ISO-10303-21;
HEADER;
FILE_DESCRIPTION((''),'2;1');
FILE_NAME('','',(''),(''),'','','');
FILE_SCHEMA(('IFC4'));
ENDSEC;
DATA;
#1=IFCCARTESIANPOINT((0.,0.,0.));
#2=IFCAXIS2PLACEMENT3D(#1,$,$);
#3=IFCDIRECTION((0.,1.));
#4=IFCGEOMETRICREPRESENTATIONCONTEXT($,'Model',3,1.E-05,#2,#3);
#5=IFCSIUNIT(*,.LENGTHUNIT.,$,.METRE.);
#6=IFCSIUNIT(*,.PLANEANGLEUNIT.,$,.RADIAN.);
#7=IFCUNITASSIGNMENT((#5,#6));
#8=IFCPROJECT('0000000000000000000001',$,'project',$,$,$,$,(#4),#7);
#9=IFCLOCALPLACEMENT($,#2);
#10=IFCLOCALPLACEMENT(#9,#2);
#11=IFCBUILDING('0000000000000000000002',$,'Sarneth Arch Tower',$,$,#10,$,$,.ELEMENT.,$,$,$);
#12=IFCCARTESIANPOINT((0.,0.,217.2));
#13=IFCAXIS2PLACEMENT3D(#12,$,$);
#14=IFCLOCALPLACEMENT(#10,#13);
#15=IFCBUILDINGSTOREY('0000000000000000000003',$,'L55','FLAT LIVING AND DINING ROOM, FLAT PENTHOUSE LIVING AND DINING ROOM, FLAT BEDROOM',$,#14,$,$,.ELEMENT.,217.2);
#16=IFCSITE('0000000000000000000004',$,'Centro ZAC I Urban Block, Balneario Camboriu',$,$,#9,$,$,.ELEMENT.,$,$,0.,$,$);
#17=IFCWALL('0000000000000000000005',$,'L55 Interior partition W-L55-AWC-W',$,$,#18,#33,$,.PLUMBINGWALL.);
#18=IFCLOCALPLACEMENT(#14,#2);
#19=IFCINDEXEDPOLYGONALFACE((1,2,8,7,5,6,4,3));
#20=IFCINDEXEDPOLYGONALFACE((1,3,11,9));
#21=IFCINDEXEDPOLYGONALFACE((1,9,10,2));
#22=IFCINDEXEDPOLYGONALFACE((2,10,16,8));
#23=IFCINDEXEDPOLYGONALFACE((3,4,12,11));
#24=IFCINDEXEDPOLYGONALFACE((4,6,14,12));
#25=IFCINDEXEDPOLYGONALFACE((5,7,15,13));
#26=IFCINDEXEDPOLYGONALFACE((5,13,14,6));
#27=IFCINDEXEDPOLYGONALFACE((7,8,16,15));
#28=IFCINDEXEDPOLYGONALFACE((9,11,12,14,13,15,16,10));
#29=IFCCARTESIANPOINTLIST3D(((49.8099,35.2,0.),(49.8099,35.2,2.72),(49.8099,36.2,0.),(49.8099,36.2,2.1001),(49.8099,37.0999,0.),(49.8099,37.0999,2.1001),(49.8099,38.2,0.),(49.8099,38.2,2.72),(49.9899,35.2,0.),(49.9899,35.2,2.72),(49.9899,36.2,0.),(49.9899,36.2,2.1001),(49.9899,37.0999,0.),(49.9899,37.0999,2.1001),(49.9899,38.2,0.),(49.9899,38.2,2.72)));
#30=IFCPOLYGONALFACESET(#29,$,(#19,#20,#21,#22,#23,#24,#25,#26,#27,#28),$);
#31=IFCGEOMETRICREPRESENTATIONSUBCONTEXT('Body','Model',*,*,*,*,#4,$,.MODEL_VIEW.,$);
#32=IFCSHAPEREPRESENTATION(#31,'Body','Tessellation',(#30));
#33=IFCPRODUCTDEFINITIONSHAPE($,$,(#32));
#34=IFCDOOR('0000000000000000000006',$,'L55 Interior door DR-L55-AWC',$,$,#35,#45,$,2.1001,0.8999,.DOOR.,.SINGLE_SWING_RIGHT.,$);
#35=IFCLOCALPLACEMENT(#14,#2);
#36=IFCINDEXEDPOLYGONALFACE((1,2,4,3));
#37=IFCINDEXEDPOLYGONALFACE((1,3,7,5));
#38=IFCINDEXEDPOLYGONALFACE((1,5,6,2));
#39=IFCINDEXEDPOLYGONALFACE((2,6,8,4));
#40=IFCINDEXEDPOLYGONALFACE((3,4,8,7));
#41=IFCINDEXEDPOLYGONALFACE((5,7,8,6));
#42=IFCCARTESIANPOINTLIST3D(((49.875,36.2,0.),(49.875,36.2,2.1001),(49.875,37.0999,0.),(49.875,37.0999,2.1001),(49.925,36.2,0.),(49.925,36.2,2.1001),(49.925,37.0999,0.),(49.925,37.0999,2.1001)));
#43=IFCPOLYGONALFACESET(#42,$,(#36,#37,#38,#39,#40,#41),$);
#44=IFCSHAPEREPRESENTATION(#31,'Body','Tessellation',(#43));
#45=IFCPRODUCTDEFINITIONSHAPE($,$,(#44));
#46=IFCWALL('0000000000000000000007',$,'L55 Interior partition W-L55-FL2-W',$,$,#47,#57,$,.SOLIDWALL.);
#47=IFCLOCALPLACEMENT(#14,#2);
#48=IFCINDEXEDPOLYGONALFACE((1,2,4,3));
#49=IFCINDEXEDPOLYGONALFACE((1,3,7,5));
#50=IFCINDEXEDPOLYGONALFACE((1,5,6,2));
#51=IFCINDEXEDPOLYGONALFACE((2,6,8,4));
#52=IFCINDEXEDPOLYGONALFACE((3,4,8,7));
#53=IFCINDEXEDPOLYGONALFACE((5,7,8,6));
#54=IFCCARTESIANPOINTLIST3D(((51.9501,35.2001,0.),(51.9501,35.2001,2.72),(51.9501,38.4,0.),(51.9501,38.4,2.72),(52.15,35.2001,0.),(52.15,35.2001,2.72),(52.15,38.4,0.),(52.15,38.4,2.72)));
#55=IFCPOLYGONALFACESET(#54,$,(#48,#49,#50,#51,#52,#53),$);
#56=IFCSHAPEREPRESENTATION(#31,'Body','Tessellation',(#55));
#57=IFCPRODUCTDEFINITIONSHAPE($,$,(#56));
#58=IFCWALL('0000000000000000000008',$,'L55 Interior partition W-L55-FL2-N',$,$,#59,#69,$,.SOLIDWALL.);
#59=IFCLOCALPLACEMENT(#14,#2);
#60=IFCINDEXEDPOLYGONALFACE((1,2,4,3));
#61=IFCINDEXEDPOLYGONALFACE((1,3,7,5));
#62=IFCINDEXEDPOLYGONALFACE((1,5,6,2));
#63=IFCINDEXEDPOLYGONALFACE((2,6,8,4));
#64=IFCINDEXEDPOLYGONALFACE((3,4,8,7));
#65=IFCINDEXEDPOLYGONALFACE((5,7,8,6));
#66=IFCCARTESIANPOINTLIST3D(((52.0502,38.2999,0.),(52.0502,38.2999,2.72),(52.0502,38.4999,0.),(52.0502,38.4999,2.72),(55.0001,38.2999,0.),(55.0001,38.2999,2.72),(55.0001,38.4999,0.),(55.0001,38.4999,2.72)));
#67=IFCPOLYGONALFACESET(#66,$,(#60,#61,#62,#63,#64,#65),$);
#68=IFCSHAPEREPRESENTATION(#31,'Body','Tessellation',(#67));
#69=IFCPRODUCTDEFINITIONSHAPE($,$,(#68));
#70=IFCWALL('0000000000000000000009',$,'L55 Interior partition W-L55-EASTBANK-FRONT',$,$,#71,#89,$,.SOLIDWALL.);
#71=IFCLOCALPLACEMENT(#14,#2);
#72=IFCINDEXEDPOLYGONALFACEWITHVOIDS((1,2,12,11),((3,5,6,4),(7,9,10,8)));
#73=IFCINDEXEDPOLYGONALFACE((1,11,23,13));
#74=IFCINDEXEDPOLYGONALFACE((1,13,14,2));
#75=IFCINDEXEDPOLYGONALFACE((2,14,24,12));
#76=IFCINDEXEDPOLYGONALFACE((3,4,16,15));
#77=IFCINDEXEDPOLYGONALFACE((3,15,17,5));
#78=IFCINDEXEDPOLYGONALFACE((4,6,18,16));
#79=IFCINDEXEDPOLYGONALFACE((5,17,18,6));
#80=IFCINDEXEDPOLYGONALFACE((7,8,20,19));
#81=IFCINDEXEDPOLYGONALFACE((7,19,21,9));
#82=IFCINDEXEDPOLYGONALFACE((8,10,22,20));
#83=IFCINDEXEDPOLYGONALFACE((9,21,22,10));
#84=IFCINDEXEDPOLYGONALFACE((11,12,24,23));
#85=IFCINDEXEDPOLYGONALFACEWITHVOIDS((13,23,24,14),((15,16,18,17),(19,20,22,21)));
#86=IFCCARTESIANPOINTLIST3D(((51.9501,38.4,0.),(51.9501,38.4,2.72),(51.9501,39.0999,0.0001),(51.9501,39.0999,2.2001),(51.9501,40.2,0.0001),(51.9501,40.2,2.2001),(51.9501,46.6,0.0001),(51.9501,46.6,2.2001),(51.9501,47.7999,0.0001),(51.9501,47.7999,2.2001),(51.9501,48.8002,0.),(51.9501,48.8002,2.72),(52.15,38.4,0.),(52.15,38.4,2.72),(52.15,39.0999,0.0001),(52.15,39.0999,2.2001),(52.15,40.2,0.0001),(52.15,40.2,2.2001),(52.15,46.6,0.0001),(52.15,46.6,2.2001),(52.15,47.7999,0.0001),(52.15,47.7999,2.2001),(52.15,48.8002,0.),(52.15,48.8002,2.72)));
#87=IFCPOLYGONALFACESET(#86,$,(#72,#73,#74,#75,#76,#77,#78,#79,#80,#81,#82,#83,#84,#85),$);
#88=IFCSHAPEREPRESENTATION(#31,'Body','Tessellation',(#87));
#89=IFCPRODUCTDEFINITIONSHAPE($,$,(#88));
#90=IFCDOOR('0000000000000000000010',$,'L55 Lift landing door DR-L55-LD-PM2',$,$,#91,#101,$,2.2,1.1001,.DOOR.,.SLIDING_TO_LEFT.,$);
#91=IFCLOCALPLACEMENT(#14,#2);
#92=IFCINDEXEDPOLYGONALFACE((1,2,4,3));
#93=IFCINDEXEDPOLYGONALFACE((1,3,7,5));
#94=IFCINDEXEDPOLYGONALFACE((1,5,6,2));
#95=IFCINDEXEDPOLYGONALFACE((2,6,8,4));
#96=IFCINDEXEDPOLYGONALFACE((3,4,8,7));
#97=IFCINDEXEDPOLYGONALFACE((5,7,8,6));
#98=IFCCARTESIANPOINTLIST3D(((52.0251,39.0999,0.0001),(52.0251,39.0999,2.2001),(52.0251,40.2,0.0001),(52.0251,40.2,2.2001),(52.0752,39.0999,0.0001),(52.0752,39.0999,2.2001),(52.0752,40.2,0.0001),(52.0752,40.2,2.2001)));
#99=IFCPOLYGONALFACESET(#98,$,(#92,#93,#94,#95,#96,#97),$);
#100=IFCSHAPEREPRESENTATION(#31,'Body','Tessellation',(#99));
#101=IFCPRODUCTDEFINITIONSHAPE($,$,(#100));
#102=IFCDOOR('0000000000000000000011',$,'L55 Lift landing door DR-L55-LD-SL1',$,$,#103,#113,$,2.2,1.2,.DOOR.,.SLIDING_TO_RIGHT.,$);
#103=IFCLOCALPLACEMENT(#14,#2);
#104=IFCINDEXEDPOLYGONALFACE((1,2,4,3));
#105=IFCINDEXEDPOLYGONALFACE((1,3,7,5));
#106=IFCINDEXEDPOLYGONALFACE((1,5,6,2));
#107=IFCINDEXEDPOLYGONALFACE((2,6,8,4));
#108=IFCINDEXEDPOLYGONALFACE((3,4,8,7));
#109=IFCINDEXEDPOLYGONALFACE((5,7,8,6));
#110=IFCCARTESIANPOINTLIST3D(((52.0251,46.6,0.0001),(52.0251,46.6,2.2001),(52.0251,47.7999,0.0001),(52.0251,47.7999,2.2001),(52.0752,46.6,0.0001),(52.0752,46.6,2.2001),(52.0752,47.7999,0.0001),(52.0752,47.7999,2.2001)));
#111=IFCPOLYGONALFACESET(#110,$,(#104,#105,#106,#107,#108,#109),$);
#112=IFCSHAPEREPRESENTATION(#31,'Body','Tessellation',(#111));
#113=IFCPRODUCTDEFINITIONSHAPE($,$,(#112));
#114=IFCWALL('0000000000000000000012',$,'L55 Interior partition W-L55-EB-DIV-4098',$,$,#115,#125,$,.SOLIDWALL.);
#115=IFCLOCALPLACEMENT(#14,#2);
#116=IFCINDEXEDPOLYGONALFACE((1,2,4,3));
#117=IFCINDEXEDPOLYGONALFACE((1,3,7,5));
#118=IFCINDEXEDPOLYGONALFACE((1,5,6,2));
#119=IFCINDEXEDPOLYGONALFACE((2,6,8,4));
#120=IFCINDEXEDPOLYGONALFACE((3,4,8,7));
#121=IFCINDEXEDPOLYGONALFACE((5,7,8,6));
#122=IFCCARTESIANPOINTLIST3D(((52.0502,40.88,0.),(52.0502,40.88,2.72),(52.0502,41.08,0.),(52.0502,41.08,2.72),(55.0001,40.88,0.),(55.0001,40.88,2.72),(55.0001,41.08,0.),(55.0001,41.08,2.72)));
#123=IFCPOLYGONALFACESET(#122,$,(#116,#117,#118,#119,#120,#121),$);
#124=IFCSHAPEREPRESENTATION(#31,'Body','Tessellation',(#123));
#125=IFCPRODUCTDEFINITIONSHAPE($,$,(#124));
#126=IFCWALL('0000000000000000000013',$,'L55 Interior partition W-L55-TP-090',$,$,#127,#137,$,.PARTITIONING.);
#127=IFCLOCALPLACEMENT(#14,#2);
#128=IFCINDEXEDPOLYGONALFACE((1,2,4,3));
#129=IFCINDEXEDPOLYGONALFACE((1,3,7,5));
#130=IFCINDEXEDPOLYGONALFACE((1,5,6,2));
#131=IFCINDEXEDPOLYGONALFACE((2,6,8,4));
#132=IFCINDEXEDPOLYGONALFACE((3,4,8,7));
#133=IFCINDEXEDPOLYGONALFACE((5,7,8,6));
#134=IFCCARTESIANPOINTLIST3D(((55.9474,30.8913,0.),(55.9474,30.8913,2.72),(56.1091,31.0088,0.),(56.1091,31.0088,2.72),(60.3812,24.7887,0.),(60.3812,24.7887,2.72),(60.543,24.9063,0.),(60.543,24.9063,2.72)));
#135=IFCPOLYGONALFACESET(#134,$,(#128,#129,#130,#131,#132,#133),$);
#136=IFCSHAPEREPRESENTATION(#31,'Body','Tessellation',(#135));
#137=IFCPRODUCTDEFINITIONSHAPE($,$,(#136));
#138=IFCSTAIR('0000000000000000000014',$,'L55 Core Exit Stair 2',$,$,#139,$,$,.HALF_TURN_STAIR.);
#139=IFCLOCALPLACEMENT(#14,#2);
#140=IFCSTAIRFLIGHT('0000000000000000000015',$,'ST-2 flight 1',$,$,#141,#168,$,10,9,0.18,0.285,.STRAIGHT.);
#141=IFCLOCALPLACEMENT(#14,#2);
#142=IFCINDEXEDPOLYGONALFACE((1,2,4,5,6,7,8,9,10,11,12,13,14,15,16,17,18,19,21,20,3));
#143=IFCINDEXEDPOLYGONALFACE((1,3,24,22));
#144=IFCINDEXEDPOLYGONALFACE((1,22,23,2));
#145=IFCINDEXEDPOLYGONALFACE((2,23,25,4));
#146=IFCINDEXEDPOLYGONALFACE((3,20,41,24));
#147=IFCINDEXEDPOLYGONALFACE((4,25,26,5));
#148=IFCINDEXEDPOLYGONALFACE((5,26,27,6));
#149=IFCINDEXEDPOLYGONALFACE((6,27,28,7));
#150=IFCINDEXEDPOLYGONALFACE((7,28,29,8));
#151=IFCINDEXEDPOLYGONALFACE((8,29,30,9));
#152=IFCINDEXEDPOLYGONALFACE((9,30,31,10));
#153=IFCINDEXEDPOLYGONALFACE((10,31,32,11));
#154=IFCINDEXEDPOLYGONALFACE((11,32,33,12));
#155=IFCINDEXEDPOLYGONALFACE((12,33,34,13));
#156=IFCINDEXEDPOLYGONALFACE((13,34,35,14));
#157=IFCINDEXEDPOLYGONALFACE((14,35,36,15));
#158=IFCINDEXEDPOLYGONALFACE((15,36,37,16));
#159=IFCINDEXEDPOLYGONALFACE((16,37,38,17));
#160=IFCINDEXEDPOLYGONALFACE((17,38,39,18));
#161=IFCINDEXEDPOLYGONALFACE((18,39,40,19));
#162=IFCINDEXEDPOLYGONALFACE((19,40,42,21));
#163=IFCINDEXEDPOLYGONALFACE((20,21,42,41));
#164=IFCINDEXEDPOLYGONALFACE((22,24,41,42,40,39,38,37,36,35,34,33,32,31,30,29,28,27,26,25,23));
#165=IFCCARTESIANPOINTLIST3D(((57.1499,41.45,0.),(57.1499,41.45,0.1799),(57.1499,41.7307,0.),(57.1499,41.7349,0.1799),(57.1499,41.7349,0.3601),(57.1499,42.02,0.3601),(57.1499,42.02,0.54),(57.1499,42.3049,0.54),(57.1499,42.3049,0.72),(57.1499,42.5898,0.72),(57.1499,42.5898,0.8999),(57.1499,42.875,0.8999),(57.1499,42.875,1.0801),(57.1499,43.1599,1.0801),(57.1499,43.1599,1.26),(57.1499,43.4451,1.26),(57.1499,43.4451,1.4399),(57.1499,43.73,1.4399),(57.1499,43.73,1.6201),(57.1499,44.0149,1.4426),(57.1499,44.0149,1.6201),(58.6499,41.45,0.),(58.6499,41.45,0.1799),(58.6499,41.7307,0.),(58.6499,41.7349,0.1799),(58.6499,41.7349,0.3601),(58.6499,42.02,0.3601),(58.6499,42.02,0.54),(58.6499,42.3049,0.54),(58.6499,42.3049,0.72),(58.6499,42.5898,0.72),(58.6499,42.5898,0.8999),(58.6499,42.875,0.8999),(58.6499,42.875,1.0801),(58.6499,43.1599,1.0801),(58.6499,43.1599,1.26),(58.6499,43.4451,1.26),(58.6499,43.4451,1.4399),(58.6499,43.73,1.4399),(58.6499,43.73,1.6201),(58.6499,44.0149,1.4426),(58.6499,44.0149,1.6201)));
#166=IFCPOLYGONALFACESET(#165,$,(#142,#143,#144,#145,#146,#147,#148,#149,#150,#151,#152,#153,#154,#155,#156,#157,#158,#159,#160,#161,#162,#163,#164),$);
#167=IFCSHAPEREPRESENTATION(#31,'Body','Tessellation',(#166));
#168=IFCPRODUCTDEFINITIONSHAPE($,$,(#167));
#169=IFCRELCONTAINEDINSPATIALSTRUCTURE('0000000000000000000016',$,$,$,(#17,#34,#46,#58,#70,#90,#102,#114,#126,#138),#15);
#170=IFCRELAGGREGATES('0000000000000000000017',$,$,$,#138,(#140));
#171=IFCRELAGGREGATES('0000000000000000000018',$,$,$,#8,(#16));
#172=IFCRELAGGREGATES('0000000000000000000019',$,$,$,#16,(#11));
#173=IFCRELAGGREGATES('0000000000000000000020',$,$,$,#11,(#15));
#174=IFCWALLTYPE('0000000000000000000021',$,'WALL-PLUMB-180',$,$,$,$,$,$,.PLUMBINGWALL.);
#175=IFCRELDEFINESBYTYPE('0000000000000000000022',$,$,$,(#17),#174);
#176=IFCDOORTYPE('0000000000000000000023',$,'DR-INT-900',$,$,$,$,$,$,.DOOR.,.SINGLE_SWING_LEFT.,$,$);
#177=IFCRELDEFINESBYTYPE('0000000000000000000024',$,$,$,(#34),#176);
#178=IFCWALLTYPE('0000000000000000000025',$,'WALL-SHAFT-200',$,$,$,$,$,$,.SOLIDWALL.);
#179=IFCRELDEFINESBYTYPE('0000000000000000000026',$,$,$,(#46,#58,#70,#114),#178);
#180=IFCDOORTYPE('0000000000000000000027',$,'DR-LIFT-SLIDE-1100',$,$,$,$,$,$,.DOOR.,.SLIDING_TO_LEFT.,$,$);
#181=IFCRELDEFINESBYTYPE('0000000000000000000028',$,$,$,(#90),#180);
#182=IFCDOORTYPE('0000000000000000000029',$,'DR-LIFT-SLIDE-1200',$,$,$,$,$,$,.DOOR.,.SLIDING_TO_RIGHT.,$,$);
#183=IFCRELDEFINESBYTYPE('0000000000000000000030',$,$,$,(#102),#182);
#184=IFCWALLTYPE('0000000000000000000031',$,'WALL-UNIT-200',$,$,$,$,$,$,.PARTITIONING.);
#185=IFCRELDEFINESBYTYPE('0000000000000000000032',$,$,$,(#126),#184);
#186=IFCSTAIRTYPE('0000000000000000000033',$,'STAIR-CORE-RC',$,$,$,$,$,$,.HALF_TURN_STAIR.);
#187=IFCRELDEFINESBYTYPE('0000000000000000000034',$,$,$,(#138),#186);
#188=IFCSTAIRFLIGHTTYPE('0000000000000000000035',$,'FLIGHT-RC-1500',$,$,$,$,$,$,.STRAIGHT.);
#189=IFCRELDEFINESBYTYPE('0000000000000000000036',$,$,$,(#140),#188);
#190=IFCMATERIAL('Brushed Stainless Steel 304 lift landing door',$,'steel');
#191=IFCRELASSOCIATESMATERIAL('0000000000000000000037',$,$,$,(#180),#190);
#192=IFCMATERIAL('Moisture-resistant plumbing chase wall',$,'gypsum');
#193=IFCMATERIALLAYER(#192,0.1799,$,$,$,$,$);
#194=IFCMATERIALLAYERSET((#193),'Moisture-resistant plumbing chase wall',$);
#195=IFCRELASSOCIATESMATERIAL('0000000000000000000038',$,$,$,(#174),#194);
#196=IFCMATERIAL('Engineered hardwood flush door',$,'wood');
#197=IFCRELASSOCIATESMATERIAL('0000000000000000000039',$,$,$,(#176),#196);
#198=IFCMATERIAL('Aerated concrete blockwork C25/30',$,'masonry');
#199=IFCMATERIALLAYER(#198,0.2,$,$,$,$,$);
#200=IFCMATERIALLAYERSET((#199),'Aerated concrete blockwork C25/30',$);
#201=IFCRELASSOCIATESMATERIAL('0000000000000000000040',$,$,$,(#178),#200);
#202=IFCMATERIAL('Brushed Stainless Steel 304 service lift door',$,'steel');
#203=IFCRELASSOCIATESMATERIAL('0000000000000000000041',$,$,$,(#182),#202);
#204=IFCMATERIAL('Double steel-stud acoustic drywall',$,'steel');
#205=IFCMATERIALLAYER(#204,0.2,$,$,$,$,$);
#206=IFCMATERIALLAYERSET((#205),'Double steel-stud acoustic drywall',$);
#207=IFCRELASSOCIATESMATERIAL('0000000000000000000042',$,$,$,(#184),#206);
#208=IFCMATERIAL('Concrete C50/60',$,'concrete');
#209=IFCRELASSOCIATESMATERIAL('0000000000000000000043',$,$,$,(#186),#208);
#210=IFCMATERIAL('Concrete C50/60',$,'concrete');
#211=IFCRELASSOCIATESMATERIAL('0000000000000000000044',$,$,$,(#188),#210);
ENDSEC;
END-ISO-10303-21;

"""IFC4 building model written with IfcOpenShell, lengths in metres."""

from ifc_helpers import new_model, si_unit, direction, frame, frame_2d, origin, place, context, subcontext, project, spatial, polyline, rectangle, outline, extrude, material, layer, layer_set, type_object, element, fill, aggregate, save


model = new_model("IFC4")

# Units and contexts
model_context = context("Model", 3, precision=1e-05, world=origin(), true_north=direction((0.0, 1.0)))
body_context = subcontext(model_context, "Body", "Model", "MODEL_VIEW")
ifc_project = project(units=[si_unit("LENGTHUNIT", "METRE"), si_unit("PLANEANGLEUNIT", "RADIAN")], contexts=[model_context])

# Site, building, storey
site_placement = place(None, origin())
site = spatial("IfcSite", under=ifc_project, at=site_placement, Name="Centro ZAC I Urban Block, Balneario Camboriu", CompositionType="ELEMENT", RefElevation=0.0)
building_placement = place(site_placement, origin())
building = spatial("IfcBuilding", under=site, at=building_placement, Name="Sarneth Arch Tower", CompositionType="ELEMENT")
storey_placement = place(building_placement, frame((0.0, 0.0, 217.2)))
storey = spatial("IfcBuildingStorey", under=building, at=storey_placement, Name="L55", Description="FLAT LIVING AND DINING ROOM, FLAT PENTHOUSE LIVING AND DINING ROOM, FLAT BEDROOM", CompositionType="ELEMENT", Elevation=217.2)

# Shared definitions
ifc_material_1 = material(Name="Brushed Stainless Steel 304 lift landing door", Category="steel")
door_type_1 = type_object("IfcDoorType", Name="DR-LIFT-SLIDE-1100", OperationType="SLIDING_TO_LEFT", PredefinedType="DOOR", material=ifc_material_1)

# Shared definitions
ifc_material_2 = material(Name="Moisture-resistant plumbing chase wall", Category="gypsum")
ifc_layer_1 = layer(ifc_material_2, 0.1799)
ifc_layer_set_1 = layer_set([ifc_layer_1], Name="Moisture-resistant plumbing chase wall")
wall_type_1 = type_object("IfcWallType", Name="WALL-PLUMB-180", PredefinedType="PLUMBINGWALL", material=ifc_layer_set_1)

# Wall, opening, door
wall_1_placement = place(storey_placement, frame((49.8999, 35.2, 0.0), z_axis=(0.0, 0.0, 1.0), x_axis=(0.0, 1.0, 0.0)))
wall_1 = element("IfcWall", 1, at=wall_1_placement, inside=storey, type_object=wall_type_1, Name="L55 Interior partition W-L55-AWC-W", PredefinedType="PLUMBINGWALL", context=body_context, shape_type="SweptSolid", body=[
    extrude(rectangle(XDim=3.0, YDim=0.1799, at=frame_2d((1.5, 0.0))), origin(), (0.0, 0.0, 1.0), 2.72),
])
opening_1_placement = place(wall_1_placement, frame((1.0, 0.0, 0.0)))
opening_1 = element("IfcOpeningElement", 2, at=opening_1_placement, cuts=wall_1, PredefinedType="OPENING", context=body_context, shape_type="SweptSolid", body=[
    extrude(rectangle(XDim=0.8999, YDim=2.1001, at=frame_2d((0.45, 1.05))), frame((0.0, 0.0999, 0.0), z_axis=(0.0, -1.0, 0.0), x_axis=(1.0, 0.0, 0.0)), (0.0, 0.0, 1.0), 0.2),
])
ifc_material_3 = material(Name="Engineered hardwood flush door", Category="wood")
door_type_2 = type_object("IfcDoorType", Name="DR-INT-900", OperationType="SINGLE_SWING_LEFT", PredefinedType="DOOR", material=ifc_material_3)
door_1_placement = place(opening_1_placement, origin())
door_1 = element("IfcDoor", 3, at=door_1_placement, inside=storey, type_object=door_type_2, Name="L55 Interior door DR-L55-AWC", OperationType="SINGLE_SWING_RIGHT", OverallHeight=2.1001, OverallWidth=0.8999, PredefinedType="DOOR", context=body_context, shape_type="SweptSolid", body=[
    extrude(rectangle(XDim=0.8999, YDim=2.1001, at=frame_2d((0.45, 1.05))), frame((0.0, 0.0249, 0.0), z_axis=(0.0, -1.0, 0.0), x_axis=(1.0, 0.0, 0.0)), (0.0, 0.0, 1.0), 0.05),
])
fill(opening_1, door_1)
ifc_material_4 = material(Name="Aerated concrete blockwork C25/30", Category="masonry")
ifc_layer_2 = layer(ifc_material_4, 0.2)
ifc_layer_set_2 = layer_set([ifc_layer_2], Name="Aerated concrete blockwork C25/30")
wall_type_2 = type_object("IfcWallType", Name="WALL-SHAFT-200", PredefinedType="SOLIDWALL", material=ifc_layer_set_2)

# Walls
wall_2_placement = place(storey_placement, frame((52.05, 35.2, 0.0), z_axis=(0.0, 0.0, 1.0), x_axis=(0.0, 1.0, 0.0)))
element("IfcWall", 4, at=wall_2_placement, inside=storey, type_object=wall_type_2, Name="L55 Interior partition W-L55-FL2-W", PredefinedType="SOLIDWALL", context=body_context, shape_type="SweptSolid", body=[
    extrude(rectangle(XDim=3.2, YDim=0.2, at=frame_2d((1.6001, 0.0))), origin(), (0.0, 0.0, 1.0), 2.72),
])
wall_3_placement = place(storey_placement, frame((52.05, 38.3999, 0.0), z_axis=(0.0, 0.0, 1.0), x_axis=(1.0, 0.0, 0.0)))
element("IfcWall", 5, at=wall_3_placement, inside=storey, type_object=wall_type_2, Name="L55 Interior partition W-L55-FL2-N", PredefinedType="SOLIDWALL", context=body_context, shape_type="SweptSolid", body=[
    extrude(rectangle(XDim=2.95, YDim=0.2, at=frame_2d((1.4751, 0.0))), origin(), (0.0, 0.0, 1.0), 2.72),
])

# Wall, openings, doors
wall_4_placement = place(storey_placement, frame((52.05, 38.3999, 0.0), z_axis=(0.0, 0.0, 1.0), x_axis=(0.0, 1.0, 0.0)))
wall_4 = element("IfcWall", 6, at=wall_4_placement, inside=storey, type_object=wall_type_2, Name="L55 Interior partition W-L55-EASTBANK-FRONT", PredefinedType="SOLIDWALL", context=body_context, shape_type="SweptSolid", body=[
    extrude(rectangle(XDim=10.4001, YDim=0.2, at=frame_2d((5.2002, 0.0))), origin(), (0.0, 0.0, 1.0), 2.72),
])
opening_2_placement = place(wall_4_placement, frame((0.7, 0.0, 0.0)))
opening_2 = element("IfcOpeningElement", 7, at=opening_2_placement, cuts=wall_4, PredefinedType="OPENING", context=body_context, shape_type="SweptSolid", body=[
    extrude(rectangle(XDim=1.1001, YDim=2.2, at=frame_2d((0.55, 1.1001))), frame((0.0, 0.1099, 0.0), z_axis=(0.0, -1.0, 0.0), x_axis=(1.0, 0.0, 0.0)), (0.0, 0.0, 1.0), 0.22),
])
opening_3_placement = place(wall_4_placement, frame((8.2, 0.0, 0.0)))
opening_3 = element("IfcOpeningElement", 8, at=opening_3_placement, cuts=wall_4, PredefinedType="OPENING", context=body_context, shape_type="SweptSolid", body=[
    extrude(rectangle(XDim=1.2, YDim=2.2, at=frame_2d((0.6001, 1.1001))), frame((0.0, 0.1099, 0.0), z_axis=(0.0, -1.0, 0.0), x_axis=(1.0, 0.0, 0.0)), (0.0, 0.0, 1.0), 0.22),
])
door_2_placement = place(opening_2_placement, origin())
door_2 = element("IfcDoor", 9, at=door_2_placement, inside=storey, type_object=door_type_1, Name="L55 Lift landing door DR-L55-LD-PM2", OperationType="SLIDING_TO_LEFT", OverallHeight=2.2, OverallWidth=1.1001, PredefinedType="DOOR", context=body_context, shape_type="SweptSolid", body=[
    extrude(rectangle(XDim=1.1001, YDim=2.2, at=frame_2d((0.55, 1.1001))), frame((0.0, 0.0249, 0.0), z_axis=(0.0, -1.0, 0.0), x_axis=(1.0, 0.0, 0.0)), (0.0, 0.0, 1.0), 0.05),
])
fill(opening_2, door_2)
ifc_material_5 = material(Name="Brushed Stainless Steel 304 service lift door", Category="steel")
door_type_3 = type_object("IfcDoorType", Name="DR-LIFT-SLIDE-1200", OperationType="SLIDING_TO_RIGHT", PredefinedType="DOOR", material=ifc_material_5)
door_3_placement = place(opening_3_placement, origin())
door_3 = element("IfcDoor", 10, at=door_3_placement, inside=storey, type_object=door_type_3, Name="L55 Lift landing door DR-L55-LD-SL1", OperationType="SLIDING_TO_RIGHT", OverallHeight=2.2, OverallWidth=1.2, PredefinedType="DOOR", context=body_context, shape_type="SweptSolid", body=[
    extrude(rectangle(XDim=1.2, YDim=2.2, at=frame_2d((0.6001, 1.1001))), frame((0.0, 0.0249, 0.0), z_axis=(0.0, -1.0, 0.0), x_axis=(1.0, 0.0, 0.0)), (0.0, 0.0, 1.0), 0.05),
])
fill(opening_3, door_3)

# Walls
wall_5_placement = place(storey_placement, frame((52.05, 40.98, 0.0), z_axis=(0.0, 0.0, 1.0), x_axis=(1.0, 0.0, 0.0)))
element("IfcWall", 11, at=wall_5_placement, inside=storey, type_object=wall_type_2, Name="L55 Interior partition W-L55-EB-DIV-4098", PredefinedType="SOLIDWALL", context=body_context, shape_type="SweptSolid", body=[
    extrude(rectangle(XDim=2.95, YDim=0.2, at=frame_2d((1.4751, 0.0))), origin(), (0.0, 0.0, 1.0), 2.72),
])
ifc_material_6 = material(Name="Double steel-stud acoustic drywall", Category="steel")
ifc_layer_3 = layer(ifc_material_6, 0.2)
ifc_layer_set_3 = layer_set([ifc_layer_3], Name="Double steel-stud acoustic drywall")
wall_type_3 = type_object("IfcWallType", Name="WALL-UNIT-200", PredefinedType="PARTITIONING", material=ifc_layer_set_3)
wall_6_placement = place(storey_placement, frame((56.0283, 30.95, 0.0), z_axis=(0.0, 0.0, 1.0), x_axis=(0.587793, -0.809012, 0.0)))
element("IfcWall", 12, at=wall_6_placement, inside=storey, type_object=wall_type_3, Name="L55 Interior partition W-L55-TP-090", PredefinedType="PARTITIONING", context=body_context, shape_type="SweptSolid", body=[
    extrude(rectangle(XDim=7.5432, YDim=0.2, at=frame_2d((3.7715, 0.0))), origin(), (0.0, 0.0, 1.0), 2.72),
])

# Stair, stair flight
ifc_material_7 = material(Name="Concrete C50/60", Category="concrete")
stair_type = type_object("IfcStairType", Name="STAIR-CORE-RC", PredefinedType="HALF_TURN_STAIR", material=ifc_material_7)
stair_placement = place(storey_placement, origin())
stair = element("IfcStair", 13, at=stair_placement, inside=storey, type_object=stair_type, Name="L55 Core Exit Stair 2", PredefinedType="HALF_TURN_STAIR")
ifc_material_8 = material(Name="Concrete C50/60", Category="concrete")
stair_flight_type = type_object("IfcStairFlightType", Name="FLIGHT-RC-1500", PredefinedType="STRAIGHT", material=ifc_material_8)
stair_flight_placement = place(storey_placement, frame((57.8999, 41.45, 0.0), z_axis=(0.0, 0.0, 1.0), x_axis=(0.0, 1.0, 0.0)))
stair_flight = element("IfcStairFlight", 14, at=stair_flight_placement, type_object=stair_flight_type, Name="ST-2 flight 1", NumberOfRisers=10, NumberOfTreads=9, PredefinedType="STRAIGHT", RiserHeight=0.18, TreadLength=0.285, context=body_context, shape_type="SweptSolid", body=[
    extrude(outline(polyline([(0.0, 0.0), (0.0, 0.1799), (0.2849, 0.1799), (0.2849, 0.3601), (0.5701, 0.3601), (0.5701, 0.54), (0.855, 0.54), (0.855, 0.72), (1.1399, 0.72), (1.1399, 0.8999), (1.425, 0.8999), (1.425, 1.0801), (1.71, 1.0801), (1.71, 1.26), (1.9951, 1.26), (1.9951, 1.4399), (2.28, 1.4399), (2.28, 1.6201), (2.5649, 1.6201), (2.5649, 1.8), (2.5649, 1.4426), (0.2808, 0.0), (0.0, 0.0)])), frame((0.0, 0.75, 0.0), z_axis=(0.0, -1.0, 0.0), x_axis=(1.0, 0.0, 0.0)), (0.0, 0.0, 1.0), 1.5),
])
aggregate(stair, [stair_flight])

save(model, "model.ifc")
